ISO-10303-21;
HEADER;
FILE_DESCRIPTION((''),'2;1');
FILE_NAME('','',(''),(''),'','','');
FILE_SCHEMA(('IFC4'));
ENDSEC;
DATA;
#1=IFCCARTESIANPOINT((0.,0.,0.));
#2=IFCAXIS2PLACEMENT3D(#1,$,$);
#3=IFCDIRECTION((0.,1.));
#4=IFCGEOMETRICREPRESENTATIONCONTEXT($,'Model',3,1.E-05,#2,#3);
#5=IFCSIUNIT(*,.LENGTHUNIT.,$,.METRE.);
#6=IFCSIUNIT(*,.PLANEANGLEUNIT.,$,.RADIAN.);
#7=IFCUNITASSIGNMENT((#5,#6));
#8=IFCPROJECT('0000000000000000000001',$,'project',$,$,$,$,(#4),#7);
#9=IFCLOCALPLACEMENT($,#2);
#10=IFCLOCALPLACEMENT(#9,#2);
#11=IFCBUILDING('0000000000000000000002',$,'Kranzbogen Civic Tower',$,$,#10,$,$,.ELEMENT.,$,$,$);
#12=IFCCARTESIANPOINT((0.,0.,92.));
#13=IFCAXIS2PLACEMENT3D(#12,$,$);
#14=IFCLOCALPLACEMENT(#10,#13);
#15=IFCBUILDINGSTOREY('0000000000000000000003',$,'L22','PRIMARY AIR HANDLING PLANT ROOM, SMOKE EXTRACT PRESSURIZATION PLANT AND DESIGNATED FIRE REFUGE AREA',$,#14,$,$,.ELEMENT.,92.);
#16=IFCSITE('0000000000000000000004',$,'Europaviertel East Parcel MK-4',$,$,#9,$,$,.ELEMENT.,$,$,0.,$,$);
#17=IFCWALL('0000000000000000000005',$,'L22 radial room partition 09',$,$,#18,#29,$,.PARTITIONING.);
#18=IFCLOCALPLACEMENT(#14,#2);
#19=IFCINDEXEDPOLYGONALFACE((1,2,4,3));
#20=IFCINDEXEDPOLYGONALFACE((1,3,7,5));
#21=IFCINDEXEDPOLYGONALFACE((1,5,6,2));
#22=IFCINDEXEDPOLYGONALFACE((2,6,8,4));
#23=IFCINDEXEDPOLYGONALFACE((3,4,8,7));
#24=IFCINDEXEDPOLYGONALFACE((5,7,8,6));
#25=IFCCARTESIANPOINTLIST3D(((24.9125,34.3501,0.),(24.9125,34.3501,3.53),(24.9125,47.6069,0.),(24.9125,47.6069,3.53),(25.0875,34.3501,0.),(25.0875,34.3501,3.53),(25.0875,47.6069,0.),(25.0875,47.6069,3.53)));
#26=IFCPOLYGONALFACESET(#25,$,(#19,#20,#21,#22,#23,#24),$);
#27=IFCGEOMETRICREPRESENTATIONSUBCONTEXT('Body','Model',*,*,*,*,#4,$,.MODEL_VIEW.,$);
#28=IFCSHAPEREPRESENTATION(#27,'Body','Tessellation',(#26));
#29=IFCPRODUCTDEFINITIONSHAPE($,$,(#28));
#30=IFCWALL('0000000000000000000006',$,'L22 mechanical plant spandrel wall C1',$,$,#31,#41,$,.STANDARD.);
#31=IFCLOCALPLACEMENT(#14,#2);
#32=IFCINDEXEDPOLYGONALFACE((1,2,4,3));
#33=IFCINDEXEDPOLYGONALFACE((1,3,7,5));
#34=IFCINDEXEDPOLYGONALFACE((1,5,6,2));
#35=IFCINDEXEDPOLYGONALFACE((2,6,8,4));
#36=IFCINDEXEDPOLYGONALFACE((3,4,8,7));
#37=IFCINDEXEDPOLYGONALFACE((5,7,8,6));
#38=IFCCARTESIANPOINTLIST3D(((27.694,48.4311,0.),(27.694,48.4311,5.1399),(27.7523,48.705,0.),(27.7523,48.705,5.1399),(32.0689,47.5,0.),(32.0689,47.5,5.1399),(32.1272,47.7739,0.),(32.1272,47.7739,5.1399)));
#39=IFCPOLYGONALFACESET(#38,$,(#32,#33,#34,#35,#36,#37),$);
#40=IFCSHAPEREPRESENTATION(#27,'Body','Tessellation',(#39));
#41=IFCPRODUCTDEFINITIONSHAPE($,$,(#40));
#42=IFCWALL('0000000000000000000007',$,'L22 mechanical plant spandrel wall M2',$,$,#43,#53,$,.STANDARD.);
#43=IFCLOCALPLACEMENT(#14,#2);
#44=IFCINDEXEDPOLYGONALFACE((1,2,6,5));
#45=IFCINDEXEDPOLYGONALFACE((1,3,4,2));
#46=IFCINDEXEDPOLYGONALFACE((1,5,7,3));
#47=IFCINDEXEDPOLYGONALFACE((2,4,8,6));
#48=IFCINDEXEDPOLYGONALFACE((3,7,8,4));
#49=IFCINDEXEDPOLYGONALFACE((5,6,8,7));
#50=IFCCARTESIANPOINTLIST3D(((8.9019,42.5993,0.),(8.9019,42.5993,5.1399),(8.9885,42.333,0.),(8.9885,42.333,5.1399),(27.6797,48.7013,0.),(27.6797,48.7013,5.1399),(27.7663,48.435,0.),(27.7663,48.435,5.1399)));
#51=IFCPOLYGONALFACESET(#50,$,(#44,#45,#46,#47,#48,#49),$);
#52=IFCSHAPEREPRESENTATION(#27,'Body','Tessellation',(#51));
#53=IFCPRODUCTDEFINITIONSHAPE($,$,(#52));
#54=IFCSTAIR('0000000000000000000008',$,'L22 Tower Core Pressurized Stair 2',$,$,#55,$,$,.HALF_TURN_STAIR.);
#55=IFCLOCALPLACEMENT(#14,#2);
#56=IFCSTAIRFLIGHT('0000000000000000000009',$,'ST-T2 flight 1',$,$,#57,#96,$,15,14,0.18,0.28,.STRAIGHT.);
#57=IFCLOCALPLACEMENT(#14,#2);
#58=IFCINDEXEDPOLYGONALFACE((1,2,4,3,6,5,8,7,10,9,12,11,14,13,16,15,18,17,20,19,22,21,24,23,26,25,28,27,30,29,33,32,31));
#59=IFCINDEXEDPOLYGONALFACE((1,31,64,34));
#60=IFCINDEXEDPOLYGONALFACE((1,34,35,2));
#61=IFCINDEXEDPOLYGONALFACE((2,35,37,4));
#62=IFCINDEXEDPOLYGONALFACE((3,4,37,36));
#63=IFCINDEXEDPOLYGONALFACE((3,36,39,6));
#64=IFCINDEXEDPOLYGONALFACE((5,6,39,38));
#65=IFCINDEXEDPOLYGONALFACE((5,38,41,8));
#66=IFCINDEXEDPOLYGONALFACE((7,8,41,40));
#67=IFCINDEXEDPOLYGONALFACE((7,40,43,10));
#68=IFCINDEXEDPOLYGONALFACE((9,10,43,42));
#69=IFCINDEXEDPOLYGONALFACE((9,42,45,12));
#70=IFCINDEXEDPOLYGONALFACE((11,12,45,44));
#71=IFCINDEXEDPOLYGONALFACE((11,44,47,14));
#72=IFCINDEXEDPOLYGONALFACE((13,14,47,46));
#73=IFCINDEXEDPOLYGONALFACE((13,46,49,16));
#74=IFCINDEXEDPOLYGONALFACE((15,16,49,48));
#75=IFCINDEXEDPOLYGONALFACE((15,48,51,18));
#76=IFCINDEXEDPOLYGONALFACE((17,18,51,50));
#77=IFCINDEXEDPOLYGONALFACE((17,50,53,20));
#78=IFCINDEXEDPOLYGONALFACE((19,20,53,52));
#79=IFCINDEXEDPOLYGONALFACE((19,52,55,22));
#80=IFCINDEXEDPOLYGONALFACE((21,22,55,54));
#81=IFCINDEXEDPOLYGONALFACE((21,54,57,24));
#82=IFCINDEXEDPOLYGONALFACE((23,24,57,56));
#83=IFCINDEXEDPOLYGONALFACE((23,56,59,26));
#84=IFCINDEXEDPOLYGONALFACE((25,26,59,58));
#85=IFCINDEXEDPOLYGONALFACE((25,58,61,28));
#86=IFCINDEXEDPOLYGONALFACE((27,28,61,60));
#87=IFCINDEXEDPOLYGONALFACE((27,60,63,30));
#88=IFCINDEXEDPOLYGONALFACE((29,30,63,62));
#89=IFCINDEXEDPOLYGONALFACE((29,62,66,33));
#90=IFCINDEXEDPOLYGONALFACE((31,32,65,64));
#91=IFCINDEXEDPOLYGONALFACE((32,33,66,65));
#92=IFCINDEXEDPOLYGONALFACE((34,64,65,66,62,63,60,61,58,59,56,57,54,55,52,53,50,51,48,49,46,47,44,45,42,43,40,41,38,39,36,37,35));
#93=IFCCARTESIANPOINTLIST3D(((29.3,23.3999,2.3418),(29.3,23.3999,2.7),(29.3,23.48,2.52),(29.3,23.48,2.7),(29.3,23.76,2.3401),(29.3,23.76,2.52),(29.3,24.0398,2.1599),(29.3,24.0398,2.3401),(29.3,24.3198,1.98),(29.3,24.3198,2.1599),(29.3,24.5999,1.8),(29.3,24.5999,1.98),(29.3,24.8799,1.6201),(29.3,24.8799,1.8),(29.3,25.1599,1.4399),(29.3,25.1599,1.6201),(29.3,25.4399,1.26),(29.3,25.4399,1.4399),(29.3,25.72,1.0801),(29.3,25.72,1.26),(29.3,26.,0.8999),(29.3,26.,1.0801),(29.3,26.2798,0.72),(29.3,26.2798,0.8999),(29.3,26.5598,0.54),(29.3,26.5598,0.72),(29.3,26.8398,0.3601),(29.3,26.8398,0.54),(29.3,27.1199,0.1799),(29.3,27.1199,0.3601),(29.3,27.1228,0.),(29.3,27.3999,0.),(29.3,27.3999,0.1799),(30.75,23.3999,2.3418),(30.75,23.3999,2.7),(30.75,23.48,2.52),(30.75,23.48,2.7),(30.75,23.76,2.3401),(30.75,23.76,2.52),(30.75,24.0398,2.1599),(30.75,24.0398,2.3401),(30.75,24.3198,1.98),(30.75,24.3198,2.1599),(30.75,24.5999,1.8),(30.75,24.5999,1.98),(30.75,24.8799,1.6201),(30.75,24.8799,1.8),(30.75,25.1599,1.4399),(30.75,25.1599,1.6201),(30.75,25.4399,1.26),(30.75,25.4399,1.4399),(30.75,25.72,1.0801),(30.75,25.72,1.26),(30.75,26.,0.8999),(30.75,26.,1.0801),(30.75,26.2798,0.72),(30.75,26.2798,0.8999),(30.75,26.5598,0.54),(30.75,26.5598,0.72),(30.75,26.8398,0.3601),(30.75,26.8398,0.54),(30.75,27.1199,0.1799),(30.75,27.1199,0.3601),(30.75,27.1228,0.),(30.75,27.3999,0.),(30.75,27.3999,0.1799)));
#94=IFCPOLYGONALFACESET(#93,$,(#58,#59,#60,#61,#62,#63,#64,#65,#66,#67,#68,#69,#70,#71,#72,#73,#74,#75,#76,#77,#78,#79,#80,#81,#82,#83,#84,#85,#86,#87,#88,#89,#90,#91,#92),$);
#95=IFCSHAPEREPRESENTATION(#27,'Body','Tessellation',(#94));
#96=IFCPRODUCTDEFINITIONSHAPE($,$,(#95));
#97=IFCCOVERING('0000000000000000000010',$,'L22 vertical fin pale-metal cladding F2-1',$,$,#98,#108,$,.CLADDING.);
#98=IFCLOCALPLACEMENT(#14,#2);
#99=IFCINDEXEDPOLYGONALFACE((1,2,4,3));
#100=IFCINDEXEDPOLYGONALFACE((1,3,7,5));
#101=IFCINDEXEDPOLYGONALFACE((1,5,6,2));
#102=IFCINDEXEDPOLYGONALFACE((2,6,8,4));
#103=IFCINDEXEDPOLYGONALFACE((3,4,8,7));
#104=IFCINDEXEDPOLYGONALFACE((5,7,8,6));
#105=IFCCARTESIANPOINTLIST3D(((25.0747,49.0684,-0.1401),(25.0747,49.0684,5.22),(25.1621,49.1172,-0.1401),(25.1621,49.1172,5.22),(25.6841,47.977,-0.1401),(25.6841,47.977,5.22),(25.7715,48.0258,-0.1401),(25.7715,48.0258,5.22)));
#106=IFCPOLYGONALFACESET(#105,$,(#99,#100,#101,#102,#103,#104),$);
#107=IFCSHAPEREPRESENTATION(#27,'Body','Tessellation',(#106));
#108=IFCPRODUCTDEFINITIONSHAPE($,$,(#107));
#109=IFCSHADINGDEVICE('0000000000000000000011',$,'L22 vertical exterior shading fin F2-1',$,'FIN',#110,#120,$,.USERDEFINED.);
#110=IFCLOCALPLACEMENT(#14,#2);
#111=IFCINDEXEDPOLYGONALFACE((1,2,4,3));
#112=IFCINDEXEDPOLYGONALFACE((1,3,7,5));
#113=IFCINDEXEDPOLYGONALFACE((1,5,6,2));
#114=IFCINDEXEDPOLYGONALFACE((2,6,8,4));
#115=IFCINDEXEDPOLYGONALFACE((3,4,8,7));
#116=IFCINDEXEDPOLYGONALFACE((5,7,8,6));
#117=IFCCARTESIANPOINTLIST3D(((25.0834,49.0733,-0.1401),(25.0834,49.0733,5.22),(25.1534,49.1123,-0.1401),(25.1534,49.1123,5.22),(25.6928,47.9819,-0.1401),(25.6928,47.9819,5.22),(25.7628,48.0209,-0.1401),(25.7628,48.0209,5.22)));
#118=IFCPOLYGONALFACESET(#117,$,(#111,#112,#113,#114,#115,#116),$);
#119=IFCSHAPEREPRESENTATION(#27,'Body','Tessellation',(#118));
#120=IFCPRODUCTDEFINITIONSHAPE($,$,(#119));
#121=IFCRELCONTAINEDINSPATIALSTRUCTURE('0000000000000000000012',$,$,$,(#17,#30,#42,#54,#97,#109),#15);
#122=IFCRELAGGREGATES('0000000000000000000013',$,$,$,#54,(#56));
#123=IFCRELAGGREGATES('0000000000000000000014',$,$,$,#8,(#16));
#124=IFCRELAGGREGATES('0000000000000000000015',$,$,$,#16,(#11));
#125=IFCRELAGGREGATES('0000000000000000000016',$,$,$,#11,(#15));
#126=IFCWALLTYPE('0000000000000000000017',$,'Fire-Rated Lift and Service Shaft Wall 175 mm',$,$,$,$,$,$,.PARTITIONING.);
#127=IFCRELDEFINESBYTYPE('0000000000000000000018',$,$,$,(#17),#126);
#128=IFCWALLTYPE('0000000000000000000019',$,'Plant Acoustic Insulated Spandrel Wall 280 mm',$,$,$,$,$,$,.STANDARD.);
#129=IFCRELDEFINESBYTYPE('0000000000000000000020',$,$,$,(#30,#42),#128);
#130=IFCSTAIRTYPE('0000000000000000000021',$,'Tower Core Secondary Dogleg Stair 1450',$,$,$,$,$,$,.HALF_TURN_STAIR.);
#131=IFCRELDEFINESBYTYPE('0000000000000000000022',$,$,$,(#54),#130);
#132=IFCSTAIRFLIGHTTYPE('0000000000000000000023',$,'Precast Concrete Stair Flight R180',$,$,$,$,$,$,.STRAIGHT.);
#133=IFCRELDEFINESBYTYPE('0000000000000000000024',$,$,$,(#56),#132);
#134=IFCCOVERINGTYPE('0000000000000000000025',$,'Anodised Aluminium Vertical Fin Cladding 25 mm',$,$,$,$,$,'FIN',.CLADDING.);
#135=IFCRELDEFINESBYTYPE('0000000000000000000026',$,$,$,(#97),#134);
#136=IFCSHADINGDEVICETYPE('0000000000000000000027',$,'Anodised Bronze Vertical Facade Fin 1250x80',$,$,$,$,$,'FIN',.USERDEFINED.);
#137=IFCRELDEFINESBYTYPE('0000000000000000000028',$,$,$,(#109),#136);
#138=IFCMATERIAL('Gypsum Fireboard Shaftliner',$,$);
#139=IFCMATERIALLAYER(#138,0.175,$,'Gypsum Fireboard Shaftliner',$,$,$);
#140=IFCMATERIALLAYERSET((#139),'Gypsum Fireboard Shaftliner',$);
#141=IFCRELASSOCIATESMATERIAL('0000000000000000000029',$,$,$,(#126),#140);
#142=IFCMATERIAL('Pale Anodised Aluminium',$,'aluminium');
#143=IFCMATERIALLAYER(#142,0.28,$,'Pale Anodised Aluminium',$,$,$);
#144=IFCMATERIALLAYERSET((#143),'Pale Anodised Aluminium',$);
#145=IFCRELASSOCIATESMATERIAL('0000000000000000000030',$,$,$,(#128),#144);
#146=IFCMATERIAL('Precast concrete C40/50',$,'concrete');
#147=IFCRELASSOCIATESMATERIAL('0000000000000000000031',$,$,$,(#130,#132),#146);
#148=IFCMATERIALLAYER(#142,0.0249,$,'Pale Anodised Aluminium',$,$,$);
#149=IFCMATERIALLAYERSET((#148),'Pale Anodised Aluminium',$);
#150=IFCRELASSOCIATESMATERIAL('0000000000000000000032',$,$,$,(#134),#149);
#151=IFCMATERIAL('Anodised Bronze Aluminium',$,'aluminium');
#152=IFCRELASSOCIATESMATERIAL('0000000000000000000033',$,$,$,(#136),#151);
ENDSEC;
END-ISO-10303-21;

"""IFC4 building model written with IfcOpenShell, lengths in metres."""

from ifc_helpers import new_model, si_unit, direction, frame, frame_2d, origin, origin_2d, place, context, subcontext, project, spatial, polyline, rectangle, outline, extrude, material, layer, layer_set, type_object, element, aggregate, save


model = new_model("IFC4")

# Units and contexts
model_context = context("Model", 3, precision=1e-05, world=origin(), true_north=direction((0.0, 1.0)))
body_context = subcontext(model_context, "Body", "Model", "MODEL_VIEW")
ifc_project = project(units=[si_unit("LENGTHUNIT", "METRE"), si_unit("PLANEANGLEUNIT", "RADIAN")], contexts=[model_context])

# Site, building, storey
site_placement = place(None, origin())
site = spatial("IfcSite", under=ifc_project, at=site_placement, Name="Europaviertel East Parcel MK-4", CompositionType="ELEMENT", RefElevation=0.0)
building_placement = place(site_placement, origin())
building = spatial("IfcBuilding", under=site, at=building_placement, Name="Kranzbogen Civic Tower", CompositionType="ELEMENT")
storey_placement = place(building_placement, frame((0.0, 0.0, 92.0)))
storey = spatial("IfcBuildingStorey", under=building, at=storey_placement, Name="L22", Description="PRIMARY AIR HANDLING PLANT ROOM, SMOKE EXTRACT PRESSURIZATION PLANT AND DESIGNATED FIRE REFUGE AREA", CompositionType="ELEMENT", Elevation=92.0)

# Shared definitions
ifc_material_1 = material(Name="Gypsum Fireboard Shaftliner")
ifc_layer_1 = layer(ifc_material_1, 0.175, Name="Gypsum Fireboard Shaftliner")
ifc_layer_set_1 = layer_set([ifc_layer_1], Name="Gypsum Fireboard Shaftliner")
wall_type_1 = type_object("IfcWallType", Name="Fire-Rated Lift and Service Shaft Wall 175 mm", PredefinedType="PARTITIONING", material=ifc_layer_set_1)

# Shared definitions
ifc_material_2 = material(Name="Pale Anodised Aluminium", Category="aluminium")

# Walls
wall_1_placement = place(storey_placement, frame((25.0, 34.3501, 0.0), z_axis=(0.0, 0.0, 1.0), x_axis=(0.0, 1.0, 0.0)))
element("IfcWall", 1, at=wall_1_placement, inside=storey, type_object=wall_type_1, Name="L22 radial room partition 09", PredefinedType="PARTITIONING", context=body_context, shape_type="SweptSolid", body=[
    extrude(rectangle(XDim=13.2568, YDim=0.175, at=frame_2d((6.6284, 0.0))), origin(), (0.0, 0.0, 1.0), 3.53),
])
ifc_layer_2 = layer(ifc_material_2, 0.28, Name="Pale Anodised Aluminium")
ifc_layer_set_2 = layer_set([ifc_layer_2], Name="Pale Anodised Aluminium")
wall_type_2 = type_object("IfcWallType", Name="Plant Acoustic Insulated Spandrel Wall 280 mm", PredefinedType="STANDARD", material=ifc_layer_set_2)
wall_2_placement = place(storey_placement, frame((32.0979, 47.637, 0.0), z_axis=(0.0, 0.0, 1.0), x_axis=(-0.978092, 0.208172, 0.0)))
element("IfcWall", 2, at=wall_2_placement, inside=storey, type_object=wall_type_2, Name="L22 mechanical plant spandrel wall C1", PredefinedType="STANDARD", context=body_context, shape_type="SweptSolid", body=[
    extrude(rectangle(XDim=4.4729, YDim=0.28, at=frame_2d((2.2363, 0.0))), origin(), (0.0, 0.0, 1.0), 5.1399),
])
wall_3_placement = place(storey_placement, frame((27.7229, 48.5681, 0.0), z_axis=(0.0, 0.0, 1.0), x_axis=(-0.951045, -0.309052, 0.0)))
element("IfcWall", 3, at=wall_3_placement, inside=storey, type_object=wall_type_2, Name="L22 mechanical plant spandrel wall M2", PredefinedType="STANDARD", context=body_context, shape_type="SweptSolid", body=[
    extrude(rectangle(XDim=19.7444, YDim=0.28, at=frame_2d((9.8721, 0.0))), origin(), (0.0, 0.0, 1.0), 5.1399),
])

# Stair, stair flight
ifc_material_3 = material(Name="Precast concrete C40/50", Category="concrete")
stair_type = type_object("IfcStairType", Name="Tower Core Secondary Dogleg Stair 1450", PredefinedType="HALF_TURN_STAIR", material=ifc_material_3)
stair_placement = place(storey_placement, origin())
stair = element("IfcStair", 4, at=stair_placement, inside=storey, type_object=stair_type, Name="L22 Tower Core Pressurized Stair 2", PredefinedType="HALF_TURN_STAIR")
stair_flight_type = type_object("IfcStairFlightType", Name="Precast Concrete Stair Flight R180", PredefinedType="STRAIGHT", material=ifc_material_3)
stair_flight_placement = place(storey_placement, frame((30.0249, 27.3999, 0.0), z_axis=(0.0, 0.0, 1.0), x_axis=(0.0, -1.0, 0.0)))
stair_flight = element("IfcStairFlight", 5, at=stair_flight_placement, type_object=stair_flight_type, Name="ST-T2 flight 1", NumberOfRisers=15, NumberOfTreads=14, PredefinedType="STRAIGHT", RiserHeight=0.18, TreadLength=0.28, context=body_context, shape_type="SweptSolid", body=[
    extrude(outline(polyline([(0.0, 0.0), (0.0, 0.1799), (0.28, 0.1799), (0.28, 0.3601), (0.5601, 0.3601), (0.5601, 0.54), (0.8401, 0.54), (0.8401, 0.72), (1.1201, 0.72), (1.1201, 0.8999), (1.3999, 0.8999), (1.3999, 1.0801), (1.6799, 1.0801), (1.6799, 1.26), (1.96, 1.26), (1.96, 1.4399), (2.24, 1.4399), (2.24, 1.6201), (2.52, 1.6201), (2.52, 1.8), (2.8, 1.8), (2.8, 1.98), (3.0801, 1.98), (3.0801, 2.1599), (3.3601, 2.1599), (3.3601, 2.3401), (3.6399, 2.3401), (3.6399, 2.52), (3.9199, 2.52), (3.9199, 2.7), (4.0, 2.7), (4.0, 2.3418), (0.2771, 0.0), (0.0, 0.0)])), frame((0.0, 0.7251, 0.0), z_axis=(0.0, -1.0, 0.0), x_axis=(1.0, 0.0, 0.0)), (0.0, 0.0, 1.0), 1.45),
])
aggregate(stair, [stair_flight])

# Covering
ifc_layer_3 = layer(ifc_material_2, 0.0249, Name="Pale Anodised Aluminium")
ifc_layer_set_3 = layer_set([ifc_layer_3], Name="Pale Anodised Aluminium")
covering_type = type_object("IfcCoveringType", Name="Anodised Aluminium Vertical Fin Cladding 25 mm", ElementType="FIN", PredefinedType="CLADDING", material=ifc_layer_set_3)
covering_placement = place(storey_placement, frame((25.4231, 48.5471, -0.1401), z_axis=(0.0, 0.0, 1.0), x_axis=(-0.487524, 0.873109, 0.0)))
element("IfcCovering", 6, at=covering_placement, inside=storey, type_object=covering_type, Name="L22 vertical fin pale-metal cladding F2-1", PredefinedType="CLADDING", context=body_context, shape_type="SweptSolid", body=[
    extrude(rectangle(XDim=1.25, YDim=0.1001, at=origin_2d()), origin(), (0.0, 0.0, 1.0), 5.3601),
])

# Shading device
ifc_material_4 = material(Name="Anodised Bronze Aluminium", Category="aluminium")
shading_device_type = type_object("IfcShadingDeviceType", Name="Anodised Bronze Vertical Facade Fin 1250x80", ElementType="FIN", PredefinedType="USERDEFINED", material=ifc_material_4)
shading_device_placement = place(storey_placement, frame((25.4231, 48.5471, -0.1401), z_axis=(0.0, 0.0, 1.0), x_axis=(-0.487524, 0.873109, 0.0)))
element("IfcShadingDevice", 7, at=shading_device_placement, inside=storey, type_object=shading_device_type, Name="L22 vertical exterior shading fin F2-1", ObjectType="FIN", PredefinedType="USERDEFINED", context=body_context, shape_type="SweptSolid", body=[
    extrude(rectangle(XDim=1.25, YDim=0.0801, at=origin_2d()), origin(), (0.0, 0.0, 1.0), 5.3601),
])

save(model, "model.ifc")
